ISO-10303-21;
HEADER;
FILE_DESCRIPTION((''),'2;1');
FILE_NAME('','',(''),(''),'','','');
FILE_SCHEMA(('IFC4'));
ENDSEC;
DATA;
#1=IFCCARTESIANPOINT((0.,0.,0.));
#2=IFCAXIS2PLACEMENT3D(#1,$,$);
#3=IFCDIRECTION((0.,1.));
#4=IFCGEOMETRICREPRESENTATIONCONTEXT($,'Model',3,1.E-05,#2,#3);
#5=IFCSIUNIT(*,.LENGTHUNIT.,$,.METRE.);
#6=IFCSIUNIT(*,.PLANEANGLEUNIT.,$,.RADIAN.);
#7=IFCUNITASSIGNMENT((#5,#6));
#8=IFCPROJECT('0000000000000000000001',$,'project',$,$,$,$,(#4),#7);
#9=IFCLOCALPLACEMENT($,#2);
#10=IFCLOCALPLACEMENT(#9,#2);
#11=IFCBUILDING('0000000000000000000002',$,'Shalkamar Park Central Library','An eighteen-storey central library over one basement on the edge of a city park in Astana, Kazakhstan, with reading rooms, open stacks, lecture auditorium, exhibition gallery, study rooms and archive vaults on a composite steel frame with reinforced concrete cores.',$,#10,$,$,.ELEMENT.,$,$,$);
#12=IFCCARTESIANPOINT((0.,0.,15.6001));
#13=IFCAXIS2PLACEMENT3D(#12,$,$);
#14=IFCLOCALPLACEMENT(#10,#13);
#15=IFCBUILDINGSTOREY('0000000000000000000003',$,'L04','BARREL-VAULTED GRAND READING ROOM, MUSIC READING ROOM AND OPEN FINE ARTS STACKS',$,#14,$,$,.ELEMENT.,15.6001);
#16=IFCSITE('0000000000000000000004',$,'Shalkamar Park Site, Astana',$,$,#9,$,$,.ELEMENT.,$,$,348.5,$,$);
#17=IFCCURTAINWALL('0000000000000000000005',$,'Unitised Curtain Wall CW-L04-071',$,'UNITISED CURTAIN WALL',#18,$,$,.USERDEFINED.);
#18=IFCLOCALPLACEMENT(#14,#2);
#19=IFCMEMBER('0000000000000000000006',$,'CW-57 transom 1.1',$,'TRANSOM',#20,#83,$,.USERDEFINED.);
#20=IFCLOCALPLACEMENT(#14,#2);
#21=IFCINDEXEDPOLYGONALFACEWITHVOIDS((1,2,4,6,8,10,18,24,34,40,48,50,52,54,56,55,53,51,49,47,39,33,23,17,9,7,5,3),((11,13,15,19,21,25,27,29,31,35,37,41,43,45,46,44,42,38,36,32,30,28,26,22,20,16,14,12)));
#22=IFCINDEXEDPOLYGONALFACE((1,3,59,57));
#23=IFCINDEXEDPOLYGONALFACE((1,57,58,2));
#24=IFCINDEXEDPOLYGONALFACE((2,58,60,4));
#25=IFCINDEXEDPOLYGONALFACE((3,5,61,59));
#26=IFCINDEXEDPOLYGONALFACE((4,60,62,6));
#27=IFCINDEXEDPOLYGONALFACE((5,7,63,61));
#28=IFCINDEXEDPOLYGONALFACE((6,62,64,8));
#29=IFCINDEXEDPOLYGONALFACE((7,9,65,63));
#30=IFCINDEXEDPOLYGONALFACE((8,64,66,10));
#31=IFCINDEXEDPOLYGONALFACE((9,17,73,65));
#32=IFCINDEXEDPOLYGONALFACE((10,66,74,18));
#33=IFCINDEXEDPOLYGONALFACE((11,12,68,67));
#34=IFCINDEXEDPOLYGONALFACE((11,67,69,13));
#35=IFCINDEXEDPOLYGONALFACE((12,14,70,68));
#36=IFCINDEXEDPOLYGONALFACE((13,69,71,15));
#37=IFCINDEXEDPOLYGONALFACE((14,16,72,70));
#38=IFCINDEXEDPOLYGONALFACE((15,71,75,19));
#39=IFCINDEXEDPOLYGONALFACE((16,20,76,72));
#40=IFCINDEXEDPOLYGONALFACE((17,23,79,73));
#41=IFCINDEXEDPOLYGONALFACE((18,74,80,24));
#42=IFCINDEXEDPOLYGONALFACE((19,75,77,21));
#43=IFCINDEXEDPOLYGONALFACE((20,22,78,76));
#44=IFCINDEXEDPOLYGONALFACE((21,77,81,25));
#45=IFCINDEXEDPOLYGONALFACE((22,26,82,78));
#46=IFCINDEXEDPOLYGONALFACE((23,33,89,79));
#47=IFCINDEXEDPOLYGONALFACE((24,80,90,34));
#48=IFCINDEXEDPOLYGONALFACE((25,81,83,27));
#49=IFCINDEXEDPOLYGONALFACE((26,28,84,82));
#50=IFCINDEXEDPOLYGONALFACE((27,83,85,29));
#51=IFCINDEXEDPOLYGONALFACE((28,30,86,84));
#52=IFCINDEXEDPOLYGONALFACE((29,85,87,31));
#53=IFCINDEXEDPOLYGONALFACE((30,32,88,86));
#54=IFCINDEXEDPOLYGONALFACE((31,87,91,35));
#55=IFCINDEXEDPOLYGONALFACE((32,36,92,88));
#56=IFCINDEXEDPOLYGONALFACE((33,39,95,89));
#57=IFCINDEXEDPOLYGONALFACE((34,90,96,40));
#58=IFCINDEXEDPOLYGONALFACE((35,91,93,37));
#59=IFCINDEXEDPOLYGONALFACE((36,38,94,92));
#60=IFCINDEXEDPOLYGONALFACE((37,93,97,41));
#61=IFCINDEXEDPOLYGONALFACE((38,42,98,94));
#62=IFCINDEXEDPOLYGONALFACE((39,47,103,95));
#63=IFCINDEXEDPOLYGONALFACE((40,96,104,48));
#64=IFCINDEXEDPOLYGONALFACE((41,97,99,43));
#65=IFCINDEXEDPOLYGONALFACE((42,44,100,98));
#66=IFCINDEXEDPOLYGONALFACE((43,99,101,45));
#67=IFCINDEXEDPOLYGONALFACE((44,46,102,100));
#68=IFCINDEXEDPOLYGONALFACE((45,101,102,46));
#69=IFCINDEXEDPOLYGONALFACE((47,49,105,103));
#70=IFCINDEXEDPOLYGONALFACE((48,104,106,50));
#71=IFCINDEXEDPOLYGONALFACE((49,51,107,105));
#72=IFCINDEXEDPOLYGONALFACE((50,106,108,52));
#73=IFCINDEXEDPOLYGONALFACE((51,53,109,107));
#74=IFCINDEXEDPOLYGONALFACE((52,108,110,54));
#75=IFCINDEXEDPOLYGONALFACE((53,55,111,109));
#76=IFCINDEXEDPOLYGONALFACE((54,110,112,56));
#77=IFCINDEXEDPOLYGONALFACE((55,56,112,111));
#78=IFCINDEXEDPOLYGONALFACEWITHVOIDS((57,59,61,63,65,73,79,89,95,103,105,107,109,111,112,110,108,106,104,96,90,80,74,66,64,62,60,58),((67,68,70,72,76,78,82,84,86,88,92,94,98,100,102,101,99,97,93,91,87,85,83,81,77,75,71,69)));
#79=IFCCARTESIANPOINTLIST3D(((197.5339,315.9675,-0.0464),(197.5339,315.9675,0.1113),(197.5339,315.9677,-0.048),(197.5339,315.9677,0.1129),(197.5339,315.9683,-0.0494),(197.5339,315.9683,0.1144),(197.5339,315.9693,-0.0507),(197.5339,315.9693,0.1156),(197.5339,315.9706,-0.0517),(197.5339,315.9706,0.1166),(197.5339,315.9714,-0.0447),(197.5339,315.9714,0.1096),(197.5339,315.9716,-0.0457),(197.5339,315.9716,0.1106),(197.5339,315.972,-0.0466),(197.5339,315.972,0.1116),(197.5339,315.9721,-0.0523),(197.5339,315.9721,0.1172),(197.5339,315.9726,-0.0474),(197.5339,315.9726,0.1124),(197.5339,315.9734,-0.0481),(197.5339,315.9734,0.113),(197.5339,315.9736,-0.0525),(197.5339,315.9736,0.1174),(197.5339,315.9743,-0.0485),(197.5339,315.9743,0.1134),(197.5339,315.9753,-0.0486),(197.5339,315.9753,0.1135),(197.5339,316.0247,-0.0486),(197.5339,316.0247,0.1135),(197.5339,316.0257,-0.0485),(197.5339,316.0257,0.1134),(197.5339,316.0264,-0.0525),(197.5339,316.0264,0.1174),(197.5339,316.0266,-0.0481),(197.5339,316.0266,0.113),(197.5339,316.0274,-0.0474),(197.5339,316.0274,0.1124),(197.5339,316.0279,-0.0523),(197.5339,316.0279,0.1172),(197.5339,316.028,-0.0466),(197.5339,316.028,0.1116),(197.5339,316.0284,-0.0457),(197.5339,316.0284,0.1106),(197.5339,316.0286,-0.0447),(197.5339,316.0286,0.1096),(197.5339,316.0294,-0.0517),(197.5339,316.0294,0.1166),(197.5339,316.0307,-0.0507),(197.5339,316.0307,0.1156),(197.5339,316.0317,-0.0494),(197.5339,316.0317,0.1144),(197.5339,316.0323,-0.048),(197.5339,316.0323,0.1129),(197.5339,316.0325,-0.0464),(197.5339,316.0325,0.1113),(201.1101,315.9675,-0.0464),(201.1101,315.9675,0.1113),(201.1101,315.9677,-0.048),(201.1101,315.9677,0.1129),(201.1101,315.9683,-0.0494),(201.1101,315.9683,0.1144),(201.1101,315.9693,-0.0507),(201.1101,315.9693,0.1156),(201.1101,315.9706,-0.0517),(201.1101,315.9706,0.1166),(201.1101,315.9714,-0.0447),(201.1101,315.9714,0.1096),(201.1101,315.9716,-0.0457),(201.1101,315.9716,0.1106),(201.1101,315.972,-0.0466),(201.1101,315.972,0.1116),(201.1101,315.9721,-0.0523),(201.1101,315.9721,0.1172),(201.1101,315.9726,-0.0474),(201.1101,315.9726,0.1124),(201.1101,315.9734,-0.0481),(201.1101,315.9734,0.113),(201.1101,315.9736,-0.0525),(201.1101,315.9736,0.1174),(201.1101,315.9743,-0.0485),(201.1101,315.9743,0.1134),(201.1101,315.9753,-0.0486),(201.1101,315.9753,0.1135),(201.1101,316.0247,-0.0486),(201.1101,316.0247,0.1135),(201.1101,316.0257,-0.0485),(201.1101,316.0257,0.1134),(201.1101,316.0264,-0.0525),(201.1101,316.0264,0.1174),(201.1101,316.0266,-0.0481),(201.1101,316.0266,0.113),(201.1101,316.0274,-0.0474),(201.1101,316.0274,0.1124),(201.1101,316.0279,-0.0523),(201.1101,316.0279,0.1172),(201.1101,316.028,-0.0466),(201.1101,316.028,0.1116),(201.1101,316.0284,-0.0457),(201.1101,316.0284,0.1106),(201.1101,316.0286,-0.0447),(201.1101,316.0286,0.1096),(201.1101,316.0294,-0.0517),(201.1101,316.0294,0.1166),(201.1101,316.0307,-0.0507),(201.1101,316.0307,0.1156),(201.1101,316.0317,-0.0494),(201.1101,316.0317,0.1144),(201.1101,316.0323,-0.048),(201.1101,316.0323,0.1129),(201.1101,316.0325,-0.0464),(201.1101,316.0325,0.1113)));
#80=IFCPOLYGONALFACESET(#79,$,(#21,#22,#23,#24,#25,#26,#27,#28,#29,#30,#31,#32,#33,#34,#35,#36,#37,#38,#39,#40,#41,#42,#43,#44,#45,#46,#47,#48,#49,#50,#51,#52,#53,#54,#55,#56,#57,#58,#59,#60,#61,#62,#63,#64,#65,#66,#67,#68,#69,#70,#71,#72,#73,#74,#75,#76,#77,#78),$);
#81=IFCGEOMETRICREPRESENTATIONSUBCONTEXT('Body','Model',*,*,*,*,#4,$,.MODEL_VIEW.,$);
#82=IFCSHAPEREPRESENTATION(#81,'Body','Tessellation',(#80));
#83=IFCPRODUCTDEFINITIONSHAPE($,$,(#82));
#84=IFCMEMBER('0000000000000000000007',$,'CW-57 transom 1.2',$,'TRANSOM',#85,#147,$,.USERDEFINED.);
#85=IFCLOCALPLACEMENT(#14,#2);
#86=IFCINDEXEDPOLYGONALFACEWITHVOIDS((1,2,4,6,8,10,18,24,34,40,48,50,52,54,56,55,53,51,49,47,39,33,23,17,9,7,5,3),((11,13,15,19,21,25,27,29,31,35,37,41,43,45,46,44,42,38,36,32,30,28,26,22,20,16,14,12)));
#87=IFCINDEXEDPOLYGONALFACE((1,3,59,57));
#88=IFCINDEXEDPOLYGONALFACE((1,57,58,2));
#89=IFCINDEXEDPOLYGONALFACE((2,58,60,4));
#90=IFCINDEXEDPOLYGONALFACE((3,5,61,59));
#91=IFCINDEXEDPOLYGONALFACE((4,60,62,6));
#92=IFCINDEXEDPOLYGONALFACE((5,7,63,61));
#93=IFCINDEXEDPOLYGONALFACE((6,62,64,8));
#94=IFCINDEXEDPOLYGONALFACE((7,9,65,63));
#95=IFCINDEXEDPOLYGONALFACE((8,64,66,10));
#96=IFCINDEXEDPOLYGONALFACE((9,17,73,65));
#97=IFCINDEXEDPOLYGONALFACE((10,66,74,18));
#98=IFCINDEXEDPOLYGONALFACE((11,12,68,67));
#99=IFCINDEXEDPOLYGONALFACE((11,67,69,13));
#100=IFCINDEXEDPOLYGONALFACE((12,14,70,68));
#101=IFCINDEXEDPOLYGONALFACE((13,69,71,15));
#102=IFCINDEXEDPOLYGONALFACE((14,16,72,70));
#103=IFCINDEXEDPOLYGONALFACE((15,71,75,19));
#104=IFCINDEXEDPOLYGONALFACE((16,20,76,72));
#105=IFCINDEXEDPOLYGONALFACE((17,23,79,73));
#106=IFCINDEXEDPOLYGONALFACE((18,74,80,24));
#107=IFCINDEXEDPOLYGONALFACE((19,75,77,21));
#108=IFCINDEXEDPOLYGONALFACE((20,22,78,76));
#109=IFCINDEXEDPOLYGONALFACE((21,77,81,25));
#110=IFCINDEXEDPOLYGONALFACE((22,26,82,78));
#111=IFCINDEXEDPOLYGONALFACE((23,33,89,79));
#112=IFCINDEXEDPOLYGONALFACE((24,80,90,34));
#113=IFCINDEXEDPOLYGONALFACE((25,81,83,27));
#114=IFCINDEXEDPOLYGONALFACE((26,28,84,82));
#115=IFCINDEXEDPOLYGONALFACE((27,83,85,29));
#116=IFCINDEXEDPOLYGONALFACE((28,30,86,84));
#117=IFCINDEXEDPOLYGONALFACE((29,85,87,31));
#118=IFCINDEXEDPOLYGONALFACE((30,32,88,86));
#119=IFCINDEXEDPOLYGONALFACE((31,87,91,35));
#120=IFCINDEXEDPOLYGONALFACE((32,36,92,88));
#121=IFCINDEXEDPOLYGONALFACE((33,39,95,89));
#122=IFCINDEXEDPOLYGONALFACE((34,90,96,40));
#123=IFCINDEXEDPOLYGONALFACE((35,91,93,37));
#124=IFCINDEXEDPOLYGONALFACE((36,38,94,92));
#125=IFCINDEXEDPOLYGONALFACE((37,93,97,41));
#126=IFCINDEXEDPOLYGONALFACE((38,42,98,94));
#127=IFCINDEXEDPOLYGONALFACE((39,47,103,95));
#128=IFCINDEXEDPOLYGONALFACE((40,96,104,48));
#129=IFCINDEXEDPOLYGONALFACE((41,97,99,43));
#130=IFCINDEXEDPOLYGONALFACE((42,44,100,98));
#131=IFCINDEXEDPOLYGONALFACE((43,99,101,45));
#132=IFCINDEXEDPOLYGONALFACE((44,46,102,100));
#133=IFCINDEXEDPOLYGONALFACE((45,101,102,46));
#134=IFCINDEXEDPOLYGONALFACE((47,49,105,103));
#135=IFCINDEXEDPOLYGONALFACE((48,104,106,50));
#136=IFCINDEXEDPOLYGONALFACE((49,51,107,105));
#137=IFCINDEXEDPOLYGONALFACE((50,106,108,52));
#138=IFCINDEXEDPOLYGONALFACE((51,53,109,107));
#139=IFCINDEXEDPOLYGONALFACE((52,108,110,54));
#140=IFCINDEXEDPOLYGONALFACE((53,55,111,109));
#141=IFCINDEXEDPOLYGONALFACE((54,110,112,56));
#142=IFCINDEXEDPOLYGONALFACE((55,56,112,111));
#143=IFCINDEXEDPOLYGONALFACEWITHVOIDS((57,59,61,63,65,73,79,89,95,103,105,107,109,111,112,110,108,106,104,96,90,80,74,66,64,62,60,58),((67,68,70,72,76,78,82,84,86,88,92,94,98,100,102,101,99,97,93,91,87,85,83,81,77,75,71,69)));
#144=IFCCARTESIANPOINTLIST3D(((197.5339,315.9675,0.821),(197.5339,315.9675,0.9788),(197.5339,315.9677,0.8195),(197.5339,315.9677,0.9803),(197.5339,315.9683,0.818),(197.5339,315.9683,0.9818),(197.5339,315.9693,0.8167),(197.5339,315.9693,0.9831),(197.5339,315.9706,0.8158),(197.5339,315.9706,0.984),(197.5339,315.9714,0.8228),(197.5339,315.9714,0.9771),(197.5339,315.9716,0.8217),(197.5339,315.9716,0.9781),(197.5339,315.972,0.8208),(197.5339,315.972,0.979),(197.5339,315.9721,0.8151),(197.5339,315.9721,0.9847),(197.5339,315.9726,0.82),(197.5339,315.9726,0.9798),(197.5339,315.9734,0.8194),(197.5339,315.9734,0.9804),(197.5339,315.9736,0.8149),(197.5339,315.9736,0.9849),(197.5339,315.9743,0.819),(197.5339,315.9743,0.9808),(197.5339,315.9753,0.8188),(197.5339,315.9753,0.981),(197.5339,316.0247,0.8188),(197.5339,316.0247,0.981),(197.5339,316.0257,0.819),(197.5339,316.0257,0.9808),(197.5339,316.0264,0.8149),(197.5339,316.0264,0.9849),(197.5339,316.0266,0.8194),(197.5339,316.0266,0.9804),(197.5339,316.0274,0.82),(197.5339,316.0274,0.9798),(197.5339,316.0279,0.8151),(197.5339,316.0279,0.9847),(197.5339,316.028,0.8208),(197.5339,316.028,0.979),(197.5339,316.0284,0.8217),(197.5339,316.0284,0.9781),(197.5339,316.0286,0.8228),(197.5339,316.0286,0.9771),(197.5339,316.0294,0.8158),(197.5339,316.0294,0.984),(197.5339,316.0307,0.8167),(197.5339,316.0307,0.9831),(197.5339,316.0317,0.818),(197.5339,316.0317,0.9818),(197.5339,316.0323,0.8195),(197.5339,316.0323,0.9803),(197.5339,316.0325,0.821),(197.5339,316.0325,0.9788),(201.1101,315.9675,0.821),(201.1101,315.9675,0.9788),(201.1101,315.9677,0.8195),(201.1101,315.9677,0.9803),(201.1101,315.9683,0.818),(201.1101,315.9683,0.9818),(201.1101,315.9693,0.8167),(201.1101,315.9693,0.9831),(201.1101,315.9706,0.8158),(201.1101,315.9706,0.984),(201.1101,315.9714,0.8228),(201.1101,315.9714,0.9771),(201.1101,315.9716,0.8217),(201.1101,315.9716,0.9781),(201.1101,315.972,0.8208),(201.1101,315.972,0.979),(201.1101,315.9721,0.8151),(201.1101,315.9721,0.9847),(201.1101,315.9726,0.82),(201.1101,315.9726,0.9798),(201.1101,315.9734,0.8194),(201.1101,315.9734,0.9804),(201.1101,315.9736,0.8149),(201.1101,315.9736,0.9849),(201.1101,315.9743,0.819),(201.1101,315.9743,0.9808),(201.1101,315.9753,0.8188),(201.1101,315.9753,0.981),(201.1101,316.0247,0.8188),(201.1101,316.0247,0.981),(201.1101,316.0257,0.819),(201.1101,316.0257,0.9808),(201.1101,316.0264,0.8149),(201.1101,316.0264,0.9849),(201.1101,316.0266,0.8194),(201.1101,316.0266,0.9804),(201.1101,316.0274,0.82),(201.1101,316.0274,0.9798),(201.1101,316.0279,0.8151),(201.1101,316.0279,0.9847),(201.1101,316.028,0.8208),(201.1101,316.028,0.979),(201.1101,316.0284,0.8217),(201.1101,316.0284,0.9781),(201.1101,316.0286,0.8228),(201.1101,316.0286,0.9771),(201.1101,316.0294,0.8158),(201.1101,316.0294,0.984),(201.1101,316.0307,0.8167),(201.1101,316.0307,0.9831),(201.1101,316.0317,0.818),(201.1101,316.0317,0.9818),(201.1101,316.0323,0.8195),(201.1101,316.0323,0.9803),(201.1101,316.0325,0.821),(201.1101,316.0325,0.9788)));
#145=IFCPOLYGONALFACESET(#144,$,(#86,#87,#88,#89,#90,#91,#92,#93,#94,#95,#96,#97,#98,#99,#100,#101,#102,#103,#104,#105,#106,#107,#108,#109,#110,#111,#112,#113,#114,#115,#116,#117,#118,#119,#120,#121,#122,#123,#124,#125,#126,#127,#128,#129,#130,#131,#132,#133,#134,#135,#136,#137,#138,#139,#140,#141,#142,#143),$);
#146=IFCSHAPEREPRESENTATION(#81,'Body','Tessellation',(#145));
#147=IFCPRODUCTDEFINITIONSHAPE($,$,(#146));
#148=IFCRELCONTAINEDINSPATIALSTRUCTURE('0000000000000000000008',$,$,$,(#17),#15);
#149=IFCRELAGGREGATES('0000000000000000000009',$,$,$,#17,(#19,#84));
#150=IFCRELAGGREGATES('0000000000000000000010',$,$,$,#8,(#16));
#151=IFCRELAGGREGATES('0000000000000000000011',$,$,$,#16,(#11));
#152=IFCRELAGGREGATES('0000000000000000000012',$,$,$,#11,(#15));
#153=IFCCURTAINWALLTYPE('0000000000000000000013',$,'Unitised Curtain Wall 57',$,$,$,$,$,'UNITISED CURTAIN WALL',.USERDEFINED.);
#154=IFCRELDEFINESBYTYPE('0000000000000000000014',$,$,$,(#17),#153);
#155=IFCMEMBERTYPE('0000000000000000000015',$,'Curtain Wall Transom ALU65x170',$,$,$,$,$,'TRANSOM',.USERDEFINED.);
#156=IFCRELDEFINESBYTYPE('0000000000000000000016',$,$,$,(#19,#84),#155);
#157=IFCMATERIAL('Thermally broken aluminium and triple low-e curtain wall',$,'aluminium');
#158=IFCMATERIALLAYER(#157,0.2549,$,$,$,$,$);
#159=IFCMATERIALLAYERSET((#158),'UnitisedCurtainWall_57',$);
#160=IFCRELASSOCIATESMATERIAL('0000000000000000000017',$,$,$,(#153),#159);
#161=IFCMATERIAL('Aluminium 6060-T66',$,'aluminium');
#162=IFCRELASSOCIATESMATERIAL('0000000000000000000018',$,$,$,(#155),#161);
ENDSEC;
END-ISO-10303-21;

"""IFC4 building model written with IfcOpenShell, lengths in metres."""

from ifc_helpers import new_model, si_unit, direction, frame, origin, origin_2d, place, context, subcontext, project, spatial, hollow_rectangle, extrude, material, layer, layer_set, material_profile, profile_set, type_object, element, aggregate, save


model = new_model("IFC4")

# Units and contexts
model_context = context("Model", 3, precision=1e-05, world=origin(), true_north=direction((0.0, 1.0)))
body_context = subcontext(model_context, "Body", "Model", "MODEL_VIEW")
ifc_project = project(units=[si_unit("LENGTHUNIT", "METRE"), si_unit("PLANEANGLEUNIT", "RADIAN")], contexts=[model_context])

# Site, building, storey
site_placement = place(None, origin())
site = spatial("IfcSite", under=ifc_project, at=site_placement, Name="Shalkamar Park Site, Astana", CompositionType="ELEMENT", RefElevation=348.5)
building_placement = place(site_placement, origin())
building = spatial("IfcBuilding", under=site, at=building_placement, Name="Shalkamar Park Central Library", Description="An eighteen-storey central library over one basement on the edge of a city park in Astana, Kazakhstan, with reading rooms, open stacks, lecture auditorium, exhibition gallery, study rooms and archive vaults on a composite steel frame with reinforced concrete cores.", CompositionType="ELEMENT")
storey_placement = place(building_placement, frame((0.0, 0.0, 15.6001)))
storey = spatial("IfcBuildingStorey", under=building, at=storey_placement, Name="L04", Description="BARREL-VAULTED GRAND READING ROOM, MUSIC READING ROOM AND OPEN FINE ARTS STACKS", CompositionType="ELEMENT", Elevation=15.6001)

# Curtain wall
ifc_material_1 = material(Name="Thermally broken aluminium and triple low-e curtain wall", Category="aluminium")
ifc_layer_1 = layer(ifc_material_1, 0.2549)
ifc_layer_set_1 = layer_set([ifc_layer_1], Name="UnitisedCurtainWall_57")
curtain_wall_type_1 = type_object("IfcCurtainWallType", Name="Unitised Curtain Wall 57", ElementType="UNITISED CURTAIN WALL", PredefinedType="USERDEFINED", material=ifc_layer_set_1)
curtain_wall_1_placement = place(storey_placement, origin())
curtain_wall_1 = element("IfcCurtainWall", 1, at=curtain_wall_1_placement, inside=storey, type_object=curtain_wall_type_1, Name="Unitised Curtain Wall CW-L04-071", ObjectType="UNITISED CURTAIN WALL", PredefinedType="USERDEFINED")
ifc_material_2 = material(Name="Aluminium 6060-T66", Category="aluminium")

# Members
ifc_material_profile_1 = material_profile(ifc_material_2, hollow_rectangle(XDim=0.0649, YDim=0.1699, WallThickness=0.0039, InnerFilletRadius=0.0039, OuterFilletRadius=0.0061, at=origin_2d()), Name="ALU 65x170x4")
ifc_profile_set_1 = profile_set([ifc_material_profile_1], Name="Aluminium 6060-T66")
member_type_1 = type_object("IfcMemberType", Name="Curtain Wall Transom ALU65x170", ElementType="TRANSOM", PredefinedType="USERDEFINED", material=ifc_profile_set_1)
member_1_placement = place(storey_placement, frame((197.5339, 316.0, 0.0325), z_axis=(1.0, 0.0, 0.0), x_axis=(0.0, 1.0, 0.0)))
member_1 = element("IfcMember", 2, at=member_1_placement, type_object=member_type_1, Name="CW-57 transom 1.1", ObjectType="TRANSOM", PredefinedType="USERDEFINED", context=body_context, shape_type="SweptSolid", body=[
    extrude(hollow_rectangle(XDim=0.0649, YDim=0.1699, WallThickness=0.0039, InnerFilletRadius=0.0039, OuterFilletRadius=0.0061, at=origin_2d()), origin(), (0.0, 0.0, 1.0), 3.5762),
])
member_2_placement = place(storey_placement, frame((197.5339, 316.0, 0.8999), z_axis=(1.0, 0.0, 0.0), x_axis=(0.0, 1.0, 0.0)))
member_2 = element("IfcMember", 3, at=member_2_placement, type_object=member_type_1, Name="CW-57 transom 1.2", ObjectType="TRANSOM", PredefinedType="USERDEFINED", context=body_context, shape_type="SweptSolid", body=[
    extrude(hollow_rectangle(XDim=0.0649, YDim=0.1699, WallThickness=0.0039, InnerFilletRadius=0.0039, OuterFilletRadius=0.0061, at=origin_2d()), origin(), (0.0, 0.0, 1.0), 3.5762),
])

aggregate(curtain_wall_1, [member_1, member_2])

save(model, "model.ifc")
